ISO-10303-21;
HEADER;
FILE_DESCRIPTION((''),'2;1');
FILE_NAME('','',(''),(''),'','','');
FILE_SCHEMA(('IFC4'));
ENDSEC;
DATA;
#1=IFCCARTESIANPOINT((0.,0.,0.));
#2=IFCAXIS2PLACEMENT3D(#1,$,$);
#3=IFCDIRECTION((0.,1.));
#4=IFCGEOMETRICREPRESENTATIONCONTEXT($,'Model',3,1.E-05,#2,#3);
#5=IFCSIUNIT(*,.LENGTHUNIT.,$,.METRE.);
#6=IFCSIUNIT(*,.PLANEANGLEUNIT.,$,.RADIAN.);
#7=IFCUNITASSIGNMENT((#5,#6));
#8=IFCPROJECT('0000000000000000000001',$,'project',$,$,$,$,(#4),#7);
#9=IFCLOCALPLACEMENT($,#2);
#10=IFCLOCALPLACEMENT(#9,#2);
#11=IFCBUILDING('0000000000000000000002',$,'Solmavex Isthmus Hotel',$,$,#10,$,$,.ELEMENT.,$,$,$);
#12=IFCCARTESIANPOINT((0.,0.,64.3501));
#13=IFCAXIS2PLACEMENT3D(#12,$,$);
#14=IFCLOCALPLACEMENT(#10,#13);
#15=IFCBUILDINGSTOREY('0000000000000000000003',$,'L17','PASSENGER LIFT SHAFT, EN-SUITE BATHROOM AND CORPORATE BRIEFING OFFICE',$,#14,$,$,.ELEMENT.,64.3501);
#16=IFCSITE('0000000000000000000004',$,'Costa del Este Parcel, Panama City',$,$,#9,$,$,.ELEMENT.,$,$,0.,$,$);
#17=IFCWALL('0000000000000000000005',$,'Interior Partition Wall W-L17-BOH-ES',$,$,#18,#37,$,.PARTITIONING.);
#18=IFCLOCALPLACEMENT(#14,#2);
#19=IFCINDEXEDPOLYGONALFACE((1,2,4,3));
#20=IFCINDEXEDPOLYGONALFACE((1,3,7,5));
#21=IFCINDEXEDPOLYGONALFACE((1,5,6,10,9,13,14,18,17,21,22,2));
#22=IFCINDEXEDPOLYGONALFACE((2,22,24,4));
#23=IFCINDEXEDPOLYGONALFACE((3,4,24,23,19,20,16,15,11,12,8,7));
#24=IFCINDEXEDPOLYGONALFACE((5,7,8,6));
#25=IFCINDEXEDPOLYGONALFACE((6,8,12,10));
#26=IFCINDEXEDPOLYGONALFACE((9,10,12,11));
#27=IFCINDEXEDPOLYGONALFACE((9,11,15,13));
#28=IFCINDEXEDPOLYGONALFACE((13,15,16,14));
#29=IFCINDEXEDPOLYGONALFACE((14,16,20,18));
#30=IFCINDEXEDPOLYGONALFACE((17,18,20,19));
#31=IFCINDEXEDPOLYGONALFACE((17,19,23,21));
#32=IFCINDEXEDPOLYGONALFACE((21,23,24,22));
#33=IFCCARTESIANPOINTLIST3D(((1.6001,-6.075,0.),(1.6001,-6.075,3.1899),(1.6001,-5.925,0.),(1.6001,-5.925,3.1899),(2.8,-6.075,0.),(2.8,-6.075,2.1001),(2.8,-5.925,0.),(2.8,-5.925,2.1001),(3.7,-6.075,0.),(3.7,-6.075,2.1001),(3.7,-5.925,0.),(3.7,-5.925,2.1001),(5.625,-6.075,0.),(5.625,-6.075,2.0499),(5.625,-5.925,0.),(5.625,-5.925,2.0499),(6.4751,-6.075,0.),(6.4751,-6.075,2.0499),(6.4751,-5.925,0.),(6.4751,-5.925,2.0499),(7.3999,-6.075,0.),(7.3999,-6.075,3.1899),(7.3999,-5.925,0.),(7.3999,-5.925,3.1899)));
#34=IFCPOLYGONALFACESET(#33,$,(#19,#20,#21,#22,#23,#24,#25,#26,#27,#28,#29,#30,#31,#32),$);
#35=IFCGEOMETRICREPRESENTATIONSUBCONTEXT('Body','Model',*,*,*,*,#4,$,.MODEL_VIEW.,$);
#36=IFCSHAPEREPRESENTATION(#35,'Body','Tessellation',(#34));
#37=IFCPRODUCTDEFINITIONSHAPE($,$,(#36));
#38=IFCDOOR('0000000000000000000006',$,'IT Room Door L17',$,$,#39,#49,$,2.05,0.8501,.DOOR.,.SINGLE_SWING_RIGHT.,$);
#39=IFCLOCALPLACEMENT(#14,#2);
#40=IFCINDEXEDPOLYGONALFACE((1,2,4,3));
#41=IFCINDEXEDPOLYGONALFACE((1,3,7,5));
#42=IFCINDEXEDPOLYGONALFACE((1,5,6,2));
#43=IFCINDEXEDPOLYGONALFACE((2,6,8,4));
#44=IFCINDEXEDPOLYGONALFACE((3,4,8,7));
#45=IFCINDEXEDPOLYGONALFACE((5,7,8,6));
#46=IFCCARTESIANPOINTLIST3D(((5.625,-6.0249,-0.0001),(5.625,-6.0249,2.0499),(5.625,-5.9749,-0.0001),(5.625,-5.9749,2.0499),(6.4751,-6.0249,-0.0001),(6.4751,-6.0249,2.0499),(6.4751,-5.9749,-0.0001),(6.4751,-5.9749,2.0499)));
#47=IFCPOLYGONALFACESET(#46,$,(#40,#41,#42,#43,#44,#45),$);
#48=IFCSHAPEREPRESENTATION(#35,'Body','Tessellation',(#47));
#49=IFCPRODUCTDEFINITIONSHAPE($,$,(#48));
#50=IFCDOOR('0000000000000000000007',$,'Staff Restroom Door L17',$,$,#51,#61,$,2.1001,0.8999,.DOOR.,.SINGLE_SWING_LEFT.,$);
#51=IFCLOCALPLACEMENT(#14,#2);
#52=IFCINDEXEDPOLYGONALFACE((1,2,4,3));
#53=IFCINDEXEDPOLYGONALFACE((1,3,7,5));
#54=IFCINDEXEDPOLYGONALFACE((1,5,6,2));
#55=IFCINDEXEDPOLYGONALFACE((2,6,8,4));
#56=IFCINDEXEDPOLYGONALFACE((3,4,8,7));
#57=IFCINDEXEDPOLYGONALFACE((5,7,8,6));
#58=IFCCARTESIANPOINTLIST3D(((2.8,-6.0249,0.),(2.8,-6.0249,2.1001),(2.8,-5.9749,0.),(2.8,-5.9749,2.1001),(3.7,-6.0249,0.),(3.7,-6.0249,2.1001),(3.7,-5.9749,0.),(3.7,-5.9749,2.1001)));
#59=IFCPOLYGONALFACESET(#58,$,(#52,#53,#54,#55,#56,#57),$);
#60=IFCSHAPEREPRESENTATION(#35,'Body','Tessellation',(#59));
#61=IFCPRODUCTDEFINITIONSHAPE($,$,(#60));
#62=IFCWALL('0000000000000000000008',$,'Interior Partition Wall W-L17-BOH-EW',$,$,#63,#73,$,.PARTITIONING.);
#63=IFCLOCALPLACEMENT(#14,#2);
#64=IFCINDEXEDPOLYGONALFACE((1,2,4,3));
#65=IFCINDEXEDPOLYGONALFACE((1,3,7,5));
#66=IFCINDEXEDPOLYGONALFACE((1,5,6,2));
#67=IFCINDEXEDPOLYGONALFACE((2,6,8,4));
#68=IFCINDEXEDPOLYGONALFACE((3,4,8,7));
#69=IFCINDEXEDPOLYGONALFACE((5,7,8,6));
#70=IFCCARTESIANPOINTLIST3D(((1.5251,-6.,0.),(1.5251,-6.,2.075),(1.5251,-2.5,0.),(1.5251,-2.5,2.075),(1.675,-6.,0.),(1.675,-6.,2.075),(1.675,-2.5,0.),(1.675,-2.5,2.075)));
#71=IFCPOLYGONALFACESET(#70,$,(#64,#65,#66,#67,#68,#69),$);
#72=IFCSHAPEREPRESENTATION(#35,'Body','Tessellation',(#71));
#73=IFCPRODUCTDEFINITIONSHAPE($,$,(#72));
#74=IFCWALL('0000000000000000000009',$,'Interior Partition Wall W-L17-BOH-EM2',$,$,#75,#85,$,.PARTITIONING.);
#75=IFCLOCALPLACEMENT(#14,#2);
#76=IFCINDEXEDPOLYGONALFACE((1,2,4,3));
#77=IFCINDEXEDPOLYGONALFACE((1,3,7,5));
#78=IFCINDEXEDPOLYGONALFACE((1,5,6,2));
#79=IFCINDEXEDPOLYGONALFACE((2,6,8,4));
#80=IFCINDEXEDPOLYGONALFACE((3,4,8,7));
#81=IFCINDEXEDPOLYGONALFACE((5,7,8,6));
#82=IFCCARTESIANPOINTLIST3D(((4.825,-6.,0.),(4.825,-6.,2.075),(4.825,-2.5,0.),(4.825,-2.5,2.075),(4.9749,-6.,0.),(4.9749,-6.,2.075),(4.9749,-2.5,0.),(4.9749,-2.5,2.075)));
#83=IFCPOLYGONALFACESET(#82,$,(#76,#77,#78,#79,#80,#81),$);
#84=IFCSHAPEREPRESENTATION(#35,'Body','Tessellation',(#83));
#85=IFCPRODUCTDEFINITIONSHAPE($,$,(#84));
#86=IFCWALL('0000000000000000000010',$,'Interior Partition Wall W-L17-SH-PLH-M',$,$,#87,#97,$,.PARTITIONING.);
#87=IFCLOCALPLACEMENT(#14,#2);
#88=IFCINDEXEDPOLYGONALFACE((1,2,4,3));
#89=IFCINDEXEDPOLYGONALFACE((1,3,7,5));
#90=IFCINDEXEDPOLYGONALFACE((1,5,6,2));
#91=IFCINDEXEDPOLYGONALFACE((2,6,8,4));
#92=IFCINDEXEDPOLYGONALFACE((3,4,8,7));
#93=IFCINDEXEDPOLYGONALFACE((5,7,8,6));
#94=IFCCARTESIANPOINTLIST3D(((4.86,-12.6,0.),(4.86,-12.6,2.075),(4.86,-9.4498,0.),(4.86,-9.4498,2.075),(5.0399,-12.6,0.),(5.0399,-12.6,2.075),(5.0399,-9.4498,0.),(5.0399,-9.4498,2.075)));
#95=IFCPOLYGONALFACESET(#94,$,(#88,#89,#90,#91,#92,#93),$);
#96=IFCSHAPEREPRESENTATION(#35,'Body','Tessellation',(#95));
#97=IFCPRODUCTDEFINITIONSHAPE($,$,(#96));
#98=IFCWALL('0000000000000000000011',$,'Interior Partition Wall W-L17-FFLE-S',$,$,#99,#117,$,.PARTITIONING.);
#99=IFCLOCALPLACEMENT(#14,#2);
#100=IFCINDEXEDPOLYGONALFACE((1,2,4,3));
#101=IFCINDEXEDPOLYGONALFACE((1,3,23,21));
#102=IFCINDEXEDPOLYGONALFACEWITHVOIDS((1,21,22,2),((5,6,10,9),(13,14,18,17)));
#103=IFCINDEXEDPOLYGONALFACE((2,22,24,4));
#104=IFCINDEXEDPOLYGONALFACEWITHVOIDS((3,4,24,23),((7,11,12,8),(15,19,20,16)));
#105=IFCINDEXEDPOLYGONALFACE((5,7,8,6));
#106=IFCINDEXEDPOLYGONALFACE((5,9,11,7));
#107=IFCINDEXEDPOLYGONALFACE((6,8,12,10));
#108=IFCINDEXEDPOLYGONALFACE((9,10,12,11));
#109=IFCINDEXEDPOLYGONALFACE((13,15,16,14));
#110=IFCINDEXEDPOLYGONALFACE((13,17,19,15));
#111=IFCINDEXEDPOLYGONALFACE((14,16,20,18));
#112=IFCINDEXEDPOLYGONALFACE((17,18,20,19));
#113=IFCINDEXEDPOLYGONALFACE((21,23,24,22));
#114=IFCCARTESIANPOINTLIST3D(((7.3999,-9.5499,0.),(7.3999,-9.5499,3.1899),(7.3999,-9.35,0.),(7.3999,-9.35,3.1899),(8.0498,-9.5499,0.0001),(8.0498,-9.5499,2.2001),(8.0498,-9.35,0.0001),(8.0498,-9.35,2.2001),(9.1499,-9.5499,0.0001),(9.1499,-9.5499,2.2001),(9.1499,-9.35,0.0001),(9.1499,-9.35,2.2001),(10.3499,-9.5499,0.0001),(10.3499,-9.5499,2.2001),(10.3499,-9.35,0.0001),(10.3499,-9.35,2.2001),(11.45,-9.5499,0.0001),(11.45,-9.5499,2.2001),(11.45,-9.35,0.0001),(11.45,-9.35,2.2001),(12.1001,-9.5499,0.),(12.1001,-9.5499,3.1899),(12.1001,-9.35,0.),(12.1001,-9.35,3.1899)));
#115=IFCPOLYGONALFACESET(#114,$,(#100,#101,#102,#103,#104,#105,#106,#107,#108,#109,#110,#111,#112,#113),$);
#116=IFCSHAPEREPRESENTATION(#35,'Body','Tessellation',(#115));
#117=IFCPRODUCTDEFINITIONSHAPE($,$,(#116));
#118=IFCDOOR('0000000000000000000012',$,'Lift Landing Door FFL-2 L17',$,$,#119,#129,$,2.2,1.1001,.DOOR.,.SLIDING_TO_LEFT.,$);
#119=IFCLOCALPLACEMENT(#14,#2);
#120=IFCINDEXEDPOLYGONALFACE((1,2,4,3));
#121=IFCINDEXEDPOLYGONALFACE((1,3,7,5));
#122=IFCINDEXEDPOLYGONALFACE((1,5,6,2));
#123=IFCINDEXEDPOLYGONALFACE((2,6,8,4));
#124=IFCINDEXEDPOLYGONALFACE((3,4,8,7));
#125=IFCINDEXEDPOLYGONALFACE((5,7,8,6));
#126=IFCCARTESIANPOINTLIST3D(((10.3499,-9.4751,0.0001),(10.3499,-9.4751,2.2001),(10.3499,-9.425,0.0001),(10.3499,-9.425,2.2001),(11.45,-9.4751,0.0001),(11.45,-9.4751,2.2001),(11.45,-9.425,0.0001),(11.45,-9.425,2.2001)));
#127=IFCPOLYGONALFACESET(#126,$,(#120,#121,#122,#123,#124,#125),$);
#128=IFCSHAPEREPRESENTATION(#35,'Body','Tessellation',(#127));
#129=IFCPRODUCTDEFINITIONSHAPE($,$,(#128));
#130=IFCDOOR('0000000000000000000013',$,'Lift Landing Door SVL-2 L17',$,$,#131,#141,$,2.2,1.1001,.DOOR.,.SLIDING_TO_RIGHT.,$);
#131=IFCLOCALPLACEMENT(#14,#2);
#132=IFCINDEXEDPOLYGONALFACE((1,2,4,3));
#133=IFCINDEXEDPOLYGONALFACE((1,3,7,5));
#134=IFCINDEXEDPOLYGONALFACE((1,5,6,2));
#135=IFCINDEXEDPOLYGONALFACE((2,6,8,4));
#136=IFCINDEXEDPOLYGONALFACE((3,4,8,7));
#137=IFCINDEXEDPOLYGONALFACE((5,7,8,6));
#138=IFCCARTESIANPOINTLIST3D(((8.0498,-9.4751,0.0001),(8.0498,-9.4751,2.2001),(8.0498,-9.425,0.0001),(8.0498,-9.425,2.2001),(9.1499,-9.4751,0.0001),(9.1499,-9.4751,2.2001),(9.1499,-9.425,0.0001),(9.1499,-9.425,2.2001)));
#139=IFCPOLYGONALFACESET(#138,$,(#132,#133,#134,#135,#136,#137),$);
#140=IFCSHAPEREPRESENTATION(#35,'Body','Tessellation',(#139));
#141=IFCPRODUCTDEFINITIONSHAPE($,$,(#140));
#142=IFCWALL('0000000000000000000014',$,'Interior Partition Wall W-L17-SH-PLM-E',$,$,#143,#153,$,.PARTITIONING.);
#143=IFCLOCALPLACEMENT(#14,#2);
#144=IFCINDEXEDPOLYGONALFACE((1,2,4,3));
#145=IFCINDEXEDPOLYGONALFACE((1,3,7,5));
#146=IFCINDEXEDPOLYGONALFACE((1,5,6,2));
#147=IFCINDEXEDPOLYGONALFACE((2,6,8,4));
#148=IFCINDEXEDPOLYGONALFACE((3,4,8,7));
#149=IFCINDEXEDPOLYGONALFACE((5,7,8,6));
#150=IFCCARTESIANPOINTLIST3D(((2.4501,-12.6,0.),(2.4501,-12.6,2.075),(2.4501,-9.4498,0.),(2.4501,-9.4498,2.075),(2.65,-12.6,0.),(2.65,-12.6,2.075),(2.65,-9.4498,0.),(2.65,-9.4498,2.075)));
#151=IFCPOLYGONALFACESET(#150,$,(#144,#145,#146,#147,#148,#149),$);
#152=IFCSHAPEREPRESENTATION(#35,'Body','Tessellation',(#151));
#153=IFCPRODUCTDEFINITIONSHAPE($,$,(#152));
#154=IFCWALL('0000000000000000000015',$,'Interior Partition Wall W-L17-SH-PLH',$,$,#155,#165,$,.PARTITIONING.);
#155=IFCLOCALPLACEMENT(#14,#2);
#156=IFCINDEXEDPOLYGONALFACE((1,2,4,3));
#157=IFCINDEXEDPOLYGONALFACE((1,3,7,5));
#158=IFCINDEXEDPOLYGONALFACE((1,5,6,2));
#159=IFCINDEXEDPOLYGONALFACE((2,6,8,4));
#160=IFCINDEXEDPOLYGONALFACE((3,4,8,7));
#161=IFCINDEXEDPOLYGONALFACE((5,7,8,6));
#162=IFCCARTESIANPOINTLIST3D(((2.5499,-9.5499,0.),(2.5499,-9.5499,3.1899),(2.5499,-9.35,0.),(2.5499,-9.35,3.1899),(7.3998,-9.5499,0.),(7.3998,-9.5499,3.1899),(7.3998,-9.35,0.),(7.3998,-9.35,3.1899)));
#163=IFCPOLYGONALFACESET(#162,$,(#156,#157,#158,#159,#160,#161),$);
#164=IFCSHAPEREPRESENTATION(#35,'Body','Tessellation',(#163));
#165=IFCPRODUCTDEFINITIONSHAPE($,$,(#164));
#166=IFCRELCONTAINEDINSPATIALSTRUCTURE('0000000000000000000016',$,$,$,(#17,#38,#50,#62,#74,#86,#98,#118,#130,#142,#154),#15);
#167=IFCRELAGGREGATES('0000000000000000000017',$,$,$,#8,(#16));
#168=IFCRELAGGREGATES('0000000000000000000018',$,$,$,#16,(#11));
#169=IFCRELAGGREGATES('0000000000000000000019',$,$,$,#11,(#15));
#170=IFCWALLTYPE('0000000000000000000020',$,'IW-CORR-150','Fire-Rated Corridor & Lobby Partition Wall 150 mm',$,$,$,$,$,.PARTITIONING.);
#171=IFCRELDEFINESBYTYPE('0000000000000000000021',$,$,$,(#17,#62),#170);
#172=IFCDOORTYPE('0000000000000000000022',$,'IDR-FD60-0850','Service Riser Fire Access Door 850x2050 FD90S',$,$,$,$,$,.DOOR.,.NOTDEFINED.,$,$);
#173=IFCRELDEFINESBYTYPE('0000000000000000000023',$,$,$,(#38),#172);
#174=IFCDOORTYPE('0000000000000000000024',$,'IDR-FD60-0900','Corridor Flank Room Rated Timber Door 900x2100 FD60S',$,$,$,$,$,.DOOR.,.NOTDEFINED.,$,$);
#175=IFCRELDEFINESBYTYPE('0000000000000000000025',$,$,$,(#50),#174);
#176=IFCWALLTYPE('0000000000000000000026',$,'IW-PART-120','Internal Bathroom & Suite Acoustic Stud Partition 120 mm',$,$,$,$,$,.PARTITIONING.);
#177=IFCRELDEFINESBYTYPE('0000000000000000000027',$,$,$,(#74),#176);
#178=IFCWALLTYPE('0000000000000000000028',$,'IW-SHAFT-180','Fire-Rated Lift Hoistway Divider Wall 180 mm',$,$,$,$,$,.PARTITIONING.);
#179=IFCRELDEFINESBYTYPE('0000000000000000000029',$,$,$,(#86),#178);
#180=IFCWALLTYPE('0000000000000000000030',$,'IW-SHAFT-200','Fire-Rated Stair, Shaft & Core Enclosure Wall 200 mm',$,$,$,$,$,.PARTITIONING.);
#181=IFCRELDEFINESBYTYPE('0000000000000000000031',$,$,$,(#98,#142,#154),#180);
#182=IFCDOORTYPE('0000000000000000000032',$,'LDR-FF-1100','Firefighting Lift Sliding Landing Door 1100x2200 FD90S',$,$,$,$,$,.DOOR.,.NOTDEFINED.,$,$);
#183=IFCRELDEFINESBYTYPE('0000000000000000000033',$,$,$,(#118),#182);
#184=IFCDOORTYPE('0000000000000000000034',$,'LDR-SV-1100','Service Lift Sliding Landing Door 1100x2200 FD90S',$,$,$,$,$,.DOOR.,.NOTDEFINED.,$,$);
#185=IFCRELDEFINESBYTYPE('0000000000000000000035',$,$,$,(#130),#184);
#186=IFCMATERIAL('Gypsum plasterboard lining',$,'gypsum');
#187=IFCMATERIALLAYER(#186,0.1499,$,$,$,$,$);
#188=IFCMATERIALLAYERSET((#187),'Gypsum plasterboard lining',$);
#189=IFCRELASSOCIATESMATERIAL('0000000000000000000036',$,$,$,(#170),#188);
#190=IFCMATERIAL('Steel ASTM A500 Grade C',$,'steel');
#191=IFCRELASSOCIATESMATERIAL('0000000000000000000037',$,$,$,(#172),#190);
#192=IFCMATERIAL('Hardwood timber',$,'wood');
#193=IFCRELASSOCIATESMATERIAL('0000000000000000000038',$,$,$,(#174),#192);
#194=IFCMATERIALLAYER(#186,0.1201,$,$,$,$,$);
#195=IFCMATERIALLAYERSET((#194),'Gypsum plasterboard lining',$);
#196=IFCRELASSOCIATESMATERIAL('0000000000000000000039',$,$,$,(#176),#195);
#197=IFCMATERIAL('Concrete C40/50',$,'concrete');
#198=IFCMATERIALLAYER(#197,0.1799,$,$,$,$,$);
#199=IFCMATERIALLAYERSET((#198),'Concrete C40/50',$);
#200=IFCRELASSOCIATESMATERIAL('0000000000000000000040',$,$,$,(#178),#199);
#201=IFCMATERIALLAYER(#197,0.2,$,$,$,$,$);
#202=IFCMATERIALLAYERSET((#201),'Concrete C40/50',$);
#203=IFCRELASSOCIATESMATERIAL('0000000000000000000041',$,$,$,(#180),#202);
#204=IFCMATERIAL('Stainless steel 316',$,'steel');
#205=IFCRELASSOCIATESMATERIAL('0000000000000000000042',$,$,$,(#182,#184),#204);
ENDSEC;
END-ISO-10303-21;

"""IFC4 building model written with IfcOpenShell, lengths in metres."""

from ifc_helpers import new_model, si_unit, direction, frame, frame_2d, origin, place, context, subcontext, project, spatial, rectangle, extrude, material, layer, layer_set, type_object, element, fill, save


model = new_model("IFC4")

# Units and contexts
model_context = context("Model", 3, precision=1e-05, world=origin(), true_north=direction((0.0, 1.0)))
body_context = subcontext(model_context, "Body", "Model", "MODEL_VIEW")
ifc_project = project(units=[si_unit("LENGTHUNIT", "METRE"), si_unit("PLANEANGLEUNIT", "RADIAN")], contexts=[model_context])

# Site, building, storey
site_placement = place(None, origin())
site = spatial("IfcSite", under=ifc_project, at=site_placement, Name="Costa del Este Parcel, Panama City", CompositionType="ELEMENT", RefElevation=0.0)
building_placement = place(site_placement, origin())
building = spatial("IfcBuilding", under=site, at=building_placement, Name="Solmavex Isthmus Hotel", CompositionType="ELEMENT")
storey_placement = place(building_placement, frame((0.0, 0.0, 64.3501)))
storey = spatial("IfcBuildingStorey", under=building, at=storey_placement, Name="L17", Description="PASSENGER LIFT SHAFT, EN-SUITE BATHROOM AND CORPORATE BRIEFING OFFICE", CompositionType="ELEMENT", Elevation=64.3501)

# Wall, openings, doors
ifc_material_1 = material(Name="Gypsum plasterboard lining", Category="gypsum")
ifc_layer_1 = layer(ifc_material_1, 0.1499)
ifc_layer_set_1 = layer_set([ifc_layer_1], Name="Gypsum plasterboard lining")
wall_type_1 = type_object("IfcWallType", Name="IW-CORR-150", Description="Fire-Rated Corridor & Lobby Partition Wall 150 mm", PredefinedType="PARTITIONING", material=ifc_layer_set_1)
wall_1_placement = place(storey_placement, frame((1.6001, -6.0, 0.0), z_axis=(0.0, 0.0, 1.0), x_axis=(1.0, 0.0, 0.0)))
wall_1 = element("IfcWall", 1, at=wall_1_placement, inside=storey, type_object=wall_type_1, Name="Interior Partition Wall W-L17-BOH-ES", PredefinedType="PARTITIONING", context=body_context, shape_type="SweptSolid", body=[
    extrude(rectangle(XDim=5.7998, YDim=0.1499, at=frame_2d((2.8999, 0.0))), origin(), (0.0, 0.0, 1.0), 3.1899),
])
opening_1_placement = place(wall_1_placement, frame((1.2, 0.0, 0.0)))
opening_1 = element("IfcOpeningElement", 2, at=opening_1_placement, cuts=wall_1, PredefinedType="OPENING", context=body_context, shape_type="SweptSolid", body=[
    extrude(rectangle(XDim=0.8999, YDim=2.1001, at=frame_2d((0.45, 1.05))), frame((0.0, 0.085, 0.0), z_axis=(0.0, -1.0, 0.0), x_axis=(1.0, 0.0, 0.0)), (0.0, 0.0, 1.0), 0.1699),
])
opening_2_placement = place(wall_1_placement, frame((4.0249, 0.0, 0.0)))
opening_2 = element("IfcOpeningElement", 3, at=opening_2_placement, cuts=wall_1, PredefinedType="OPENING", context=body_context, shape_type="SweptSolid", body=[
    extrude(rectangle(XDim=0.8501, YDim=2.05, at=frame_2d((0.425, 1.0249))), frame((0.0, 0.085, 0.0), z_axis=(0.0, -1.0, 0.0), x_axis=(1.0, 0.0, 0.0)), (0.0, 0.0, 1.0), 0.1699),
])
ifc_material_2 = material(Name="Steel ASTM A500 Grade C", Category="steel")
door_type_1 = type_object("IfcDoorType", Name="IDR-FD60-0850", Description="Service Riser Fire Access Door 850x2050 FD90S", OperationType="NOTDEFINED", PredefinedType="DOOR", material=ifc_material_2)
door_1_placement = place(opening_2_placement, frame((0.8501, 0.0, 0.0), z_axis=(0.0, 0.0, 1.0), x_axis=(-1.0, 0.0, 0.0)))
door_1 = element("IfcDoor", 4, at=door_1_placement, inside=storey, type_object=door_type_1, Name="IT Room Door L17", OperationType="SINGLE_SWING_RIGHT", OverallHeight=2.05, OverallWidth=0.8501, PredefinedType="DOOR", context=body_context, shape_type="SweptSolid", body=[
    extrude(rectangle(XDim=0.8501, YDim=2.05, at=frame_2d((0.425, 1.0249))), frame((0.0, 0.0249, 0.0), z_axis=(0.0, -1.0, 0.0), x_axis=(1.0, 0.0, 0.0)), (0.0, 0.0, 1.0), 0.05),
])
fill(opening_2, door_1)
ifc_material_3 = material(Name="Hardwood timber", Category="wood")
door_type_2 = type_object("IfcDoorType", Name="IDR-FD60-0900", Description="Corridor Flank Room Rated Timber Door 900x2100 FD60S", OperationType="NOTDEFINED", PredefinedType="DOOR", material=ifc_material_3)
door_2_placement = place(opening_1_placement, frame((0.8999, 0.0, 0.0), z_axis=(0.0, 0.0, 1.0), x_axis=(-1.0, 0.0, 0.0)))
door_2 = element("IfcDoor", 5, at=door_2_placement, inside=storey, type_object=door_type_2, Name="Staff Restroom Door L17", OperationType="SINGLE_SWING_LEFT", OverallHeight=2.1001, OverallWidth=0.8999, PredefinedType="DOOR", context=body_context, shape_type="SweptSolid", body=[
    extrude(rectangle(XDim=0.8999, YDim=2.1001, at=frame_2d((0.45, 1.05))), frame((0.0, 0.0249, 0.0), z_axis=(0.0, -1.0, 0.0), x_axis=(1.0, 0.0, 0.0)), (0.0, 0.0, 1.0), 0.05),
])
fill(opening_1, door_2)

# Walls
wall_2_placement = place(storey_placement, frame((1.6001, -6.0, 0.0), z_axis=(0.0, 0.0, 1.0), x_axis=(0.0, 1.0, 0.0)))
element("IfcWall", 6, at=wall_2_placement, inside=storey, type_object=wall_type_1, Name="Interior Partition Wall W-L17-BOH-EW", PredefinedType="PARTITIONING", context=body_context, shape_type="SweptSolid", body=[
    extrude(rectangle(XDim=3.5, YDim=0.1499, at=frame_2d((1.75, 0.0))), origin(), (0.0, 0.0, 1.0), 2.075),
])
ifc_layer_2 = layer(ifc_material_1, 0.1201)
ifc_layer_set_2 = layer_set([ifc_layer_2], Name="Gypsum plasterboard lining")
wall_type_2 = type_object("IfcWallType", Name="IW-PART-120", Description="Internal Bathroom & Suite Acoustic Stud Partition 120 mm", PredefinedType="PARTITIONING", material=ifc_layer_set_2)
wall_3_placement = place(storey_placement, frame((4.8999, -6.0, 0.0), z_axis=(0.0, 0.0, 1.0), x_axis=(0.0, 1.0, 0.0)))
element("IfcWall", 7, at=wall_3_placement, inside=storey, type_object=wall_type_2, Name="Interior Partition Wall W-L17-BOH-EM2", PredefinedType="PARTITIONING", context=body_context, shape_type="SweptSolid", body=[
    extrude(rectangle(XDim=3.5, YDim=0.1499, at=frame_2d((1.75, 0.0))), origin(), (0.0, 0.0, 1.0), 2.075),
])
ifc_material_4 = material(Name="Concrete C40/50", Category="concrete")
ifc_layer_3 = layer(ifc_material_4, 0.1799)
ifc_layer_set_3 = layer_set([ifc_layer_3], Name="Concrete C40/50")
wall_type_3 = type_object("IfcWallType", Name="IW-SHAFT-180", Description="Fire-Rated Lift Hoistway Divider Wall 180 mm", PredefinedType="PARTITIONING", material=ifc_layer_set_3)
wall_4_placement = place(storey_placement, frame((4.95, -12.6001, 0.0), z_axis=(0.0, 0.0, 1.0), x_axis=(0.0, 1.0, 0.0)))
element("IfcWall", 8, at=wall_4_placement, inside=storey, type_object=wall_type_3, Name="Interior Partition Wall W-L17-SH-PLH-M", PredefinedType="PARTITIONING", context=body_context, shape_type="SweptSolid", body=[
    extrude(rectangle(XDim=3.1501, YDim=0.1799, at=frame_2d((1.5752, 0.0))), origin(), (0.0, 0.0, 1.0), 2.075),
])

# Wall, openings, doors
ifc_layer_4 = layer(ifc_material_4, 0.2)
ifc_layer_set_4 = layer_set([ifc_layer_4], Name="Concrete C40/50")
wall_type_4 = type_object("IfcWallType", Name="IW-SHAFT-200", Description="Fire-Rated Stair, Shaft & Core Enclosure Wall 200 mm", PredefinedType="PARTITIONING", material=ifc_layer_set_4)
wall_5_placement = place(storey_placement, frame((7.3999, -9.45, 0.0), z_axis=(0.0, 0.0, 1.0), x_axis=(1.0, 0.0, 0.0)))
wall_5 = element("IfcWall", 9, at=wall_5_placement, inside=storey, type_object=wall_type_4, Name="Interior Partition Wall W-L17-FFLE-S", PredefinedType="PARTITIONING", context=body_context, shape_type="SweptSolid", body=[
    extrude(rectangle(XDim=4.7002, YDim=0.2, at=frame_2d((2.3501, 0.0))), origin(), (0.0, 0.0, 1.0), 3.1899),
])
opening_3_placement = place(wall_5_placement, frame((2.95, 0.0, 0.0)))
opening_3 = element("IfcOpeningElement", 10, at=opening_3_placement, cuts=wall_5, PredefinedType="OPENING", context=body_context, shape_type="SweptSolid", body=[
    extrude(rectangle(XDim=1.1001, YDim=2.2, at=frame_2d((0.55, 1.1001))), frame((0.0, 0.1099, 0.0), z_axis=(0.0, -1.0, 0.0), x_axis=(1.0, 0.0, 0.0)), (0.0, 0.0, 1.0), 0.22),
])
opening_4_placement = place(wall_5_placement, frame((0.6499, 0.0, 0.0)))
opening_4 = element("IfcOpeningElement", 11, at=opening_4_placement, cuts=wall_5, PredefinedType="OPENING", context=body_context, shape_type="SweptSolid", body=[
    extrude(rectangle(XDim=1.1001, YDim=2.2, at=frame_2d((0.55, 1.1001))), frame((0.0, 0.1099, 0.0), z_axis=(0.0, -1.0, 0.0), x_axis=(1.0, 0.0, 0.0)), (0.0, 0.0, 1.0), 0.22),
])
ifc_material_5 = material(Name="Stainless steel 316", Category="steel")
door_type_3 = type_object("IfcDoorType", Name="LDR-FF-1100", Description="Firefighting Lift Sliding Landing Door 1100x2200 FD90S", OperationType="NOTDEFINED", PredefinedType="DOOR", material=ifc_material_5)
door_3_placement = place(opening_3_placement, origin())
door_3 = element("IfcDoor", 12, at=door_3_placement, inside=storey, type_object=door_type_3, Name="Lift Landing Door FFL-2 L17", OperationType="SLIDING_TO_LEFT", OverallHeight=2.2, OverallWidth=1.1001, PredefinedType="DOOR", context=body_context, shape_type="SweptSolid", body=[
    extrude(rectangle(XDim=1.1001, YDim=2.2, at=frame_2d((0.55, 1.1001))), frame((0.0, 0.0249, 0.0), z_axis=(0.0, -1.0, 0.0), x_axis=(1.0, 0.0, 0.0)), (0.0, 0.0, 1.0), 0.05),
])
fill(opening_3, door_3)
door_type_4 = type_object("IfcDoorType", Name="LDR-SV-1100", Description="Service Lift Sliding Landing Door 1100x2200 FD90S", OperationType="NOTDEFINED", PredefinedType="DOOR", material=ifc_material_5)
door_4_placement = place(opening_4_placement, origin())
door_4 = element("IfcDoor", 13, at=door_4_placement, inside=storey, type_object=door_type_4, Name="Lift Landing Door SVL-2 L17", OperationType="SLIDING_TO_RIGHT", OverallHeight=2.2, OverallWidth=1.1001, PredefinedType="DOOR", context=body_context, shape_type="SweptSolid", body=[
    extrude(rectangle(XDim=1.1001, YDim=2.2, at=frame_2d((0.55, 1.1001))), frame((0.0, 0.0249, 0.0), z_axis=(0.0, -1.0, 0.0), x_axis=(1.0, 0.0, 0.0)), (0.0, 0.0, 1.0), 0.05),
])
fill(opening_4, door_4)

# Walls
wall_6_placement = place(storey_placement, frame((2.55, -12.6001, 0.0), z_axis=(0.0, 0.0, 1.0), x_axis=(0.0, 1.0, 0.0)))
element("IfcWall", 14, at=wall_6_placement, inside=storey, type_object=wall_type_4, Name="Interior Partition Wall W-L17-SH-PLM-E", PredefinedType="PARTITIONING", context=body_context, shape_type="SweptSolid", body=[
    extrude(rectangle(XDim=3.1501, YDim=0.2, at=frame_2d((1.5752, 0.0))), origin(), (0.0, 0.0, 1.0), 2.075),
])
wall_7_placement = place(storey_placement, frame((2.55, -9.45, 0.0), z_axis=(0.0, 0.0, 1.0), x_axis=(1.0, 0.0, 0.0)))
element("IfcWall", 15, at=wall_7_placement, inside=storey, type_object=wall_type_4, Name="Interior Partition Wall W-L17-SH-PLH", PredefinedType="PARTITIONING", context=body_context, shape_type="SweptSolid", body=[
    extrude(rectangle(XDim=4.8499, YDim=0.2, at=frame_2d((2.4248, 0.0))), origin(), (0.0, 0.0, 1.0), 3.1899),
])

save(model, "model.ifc")
